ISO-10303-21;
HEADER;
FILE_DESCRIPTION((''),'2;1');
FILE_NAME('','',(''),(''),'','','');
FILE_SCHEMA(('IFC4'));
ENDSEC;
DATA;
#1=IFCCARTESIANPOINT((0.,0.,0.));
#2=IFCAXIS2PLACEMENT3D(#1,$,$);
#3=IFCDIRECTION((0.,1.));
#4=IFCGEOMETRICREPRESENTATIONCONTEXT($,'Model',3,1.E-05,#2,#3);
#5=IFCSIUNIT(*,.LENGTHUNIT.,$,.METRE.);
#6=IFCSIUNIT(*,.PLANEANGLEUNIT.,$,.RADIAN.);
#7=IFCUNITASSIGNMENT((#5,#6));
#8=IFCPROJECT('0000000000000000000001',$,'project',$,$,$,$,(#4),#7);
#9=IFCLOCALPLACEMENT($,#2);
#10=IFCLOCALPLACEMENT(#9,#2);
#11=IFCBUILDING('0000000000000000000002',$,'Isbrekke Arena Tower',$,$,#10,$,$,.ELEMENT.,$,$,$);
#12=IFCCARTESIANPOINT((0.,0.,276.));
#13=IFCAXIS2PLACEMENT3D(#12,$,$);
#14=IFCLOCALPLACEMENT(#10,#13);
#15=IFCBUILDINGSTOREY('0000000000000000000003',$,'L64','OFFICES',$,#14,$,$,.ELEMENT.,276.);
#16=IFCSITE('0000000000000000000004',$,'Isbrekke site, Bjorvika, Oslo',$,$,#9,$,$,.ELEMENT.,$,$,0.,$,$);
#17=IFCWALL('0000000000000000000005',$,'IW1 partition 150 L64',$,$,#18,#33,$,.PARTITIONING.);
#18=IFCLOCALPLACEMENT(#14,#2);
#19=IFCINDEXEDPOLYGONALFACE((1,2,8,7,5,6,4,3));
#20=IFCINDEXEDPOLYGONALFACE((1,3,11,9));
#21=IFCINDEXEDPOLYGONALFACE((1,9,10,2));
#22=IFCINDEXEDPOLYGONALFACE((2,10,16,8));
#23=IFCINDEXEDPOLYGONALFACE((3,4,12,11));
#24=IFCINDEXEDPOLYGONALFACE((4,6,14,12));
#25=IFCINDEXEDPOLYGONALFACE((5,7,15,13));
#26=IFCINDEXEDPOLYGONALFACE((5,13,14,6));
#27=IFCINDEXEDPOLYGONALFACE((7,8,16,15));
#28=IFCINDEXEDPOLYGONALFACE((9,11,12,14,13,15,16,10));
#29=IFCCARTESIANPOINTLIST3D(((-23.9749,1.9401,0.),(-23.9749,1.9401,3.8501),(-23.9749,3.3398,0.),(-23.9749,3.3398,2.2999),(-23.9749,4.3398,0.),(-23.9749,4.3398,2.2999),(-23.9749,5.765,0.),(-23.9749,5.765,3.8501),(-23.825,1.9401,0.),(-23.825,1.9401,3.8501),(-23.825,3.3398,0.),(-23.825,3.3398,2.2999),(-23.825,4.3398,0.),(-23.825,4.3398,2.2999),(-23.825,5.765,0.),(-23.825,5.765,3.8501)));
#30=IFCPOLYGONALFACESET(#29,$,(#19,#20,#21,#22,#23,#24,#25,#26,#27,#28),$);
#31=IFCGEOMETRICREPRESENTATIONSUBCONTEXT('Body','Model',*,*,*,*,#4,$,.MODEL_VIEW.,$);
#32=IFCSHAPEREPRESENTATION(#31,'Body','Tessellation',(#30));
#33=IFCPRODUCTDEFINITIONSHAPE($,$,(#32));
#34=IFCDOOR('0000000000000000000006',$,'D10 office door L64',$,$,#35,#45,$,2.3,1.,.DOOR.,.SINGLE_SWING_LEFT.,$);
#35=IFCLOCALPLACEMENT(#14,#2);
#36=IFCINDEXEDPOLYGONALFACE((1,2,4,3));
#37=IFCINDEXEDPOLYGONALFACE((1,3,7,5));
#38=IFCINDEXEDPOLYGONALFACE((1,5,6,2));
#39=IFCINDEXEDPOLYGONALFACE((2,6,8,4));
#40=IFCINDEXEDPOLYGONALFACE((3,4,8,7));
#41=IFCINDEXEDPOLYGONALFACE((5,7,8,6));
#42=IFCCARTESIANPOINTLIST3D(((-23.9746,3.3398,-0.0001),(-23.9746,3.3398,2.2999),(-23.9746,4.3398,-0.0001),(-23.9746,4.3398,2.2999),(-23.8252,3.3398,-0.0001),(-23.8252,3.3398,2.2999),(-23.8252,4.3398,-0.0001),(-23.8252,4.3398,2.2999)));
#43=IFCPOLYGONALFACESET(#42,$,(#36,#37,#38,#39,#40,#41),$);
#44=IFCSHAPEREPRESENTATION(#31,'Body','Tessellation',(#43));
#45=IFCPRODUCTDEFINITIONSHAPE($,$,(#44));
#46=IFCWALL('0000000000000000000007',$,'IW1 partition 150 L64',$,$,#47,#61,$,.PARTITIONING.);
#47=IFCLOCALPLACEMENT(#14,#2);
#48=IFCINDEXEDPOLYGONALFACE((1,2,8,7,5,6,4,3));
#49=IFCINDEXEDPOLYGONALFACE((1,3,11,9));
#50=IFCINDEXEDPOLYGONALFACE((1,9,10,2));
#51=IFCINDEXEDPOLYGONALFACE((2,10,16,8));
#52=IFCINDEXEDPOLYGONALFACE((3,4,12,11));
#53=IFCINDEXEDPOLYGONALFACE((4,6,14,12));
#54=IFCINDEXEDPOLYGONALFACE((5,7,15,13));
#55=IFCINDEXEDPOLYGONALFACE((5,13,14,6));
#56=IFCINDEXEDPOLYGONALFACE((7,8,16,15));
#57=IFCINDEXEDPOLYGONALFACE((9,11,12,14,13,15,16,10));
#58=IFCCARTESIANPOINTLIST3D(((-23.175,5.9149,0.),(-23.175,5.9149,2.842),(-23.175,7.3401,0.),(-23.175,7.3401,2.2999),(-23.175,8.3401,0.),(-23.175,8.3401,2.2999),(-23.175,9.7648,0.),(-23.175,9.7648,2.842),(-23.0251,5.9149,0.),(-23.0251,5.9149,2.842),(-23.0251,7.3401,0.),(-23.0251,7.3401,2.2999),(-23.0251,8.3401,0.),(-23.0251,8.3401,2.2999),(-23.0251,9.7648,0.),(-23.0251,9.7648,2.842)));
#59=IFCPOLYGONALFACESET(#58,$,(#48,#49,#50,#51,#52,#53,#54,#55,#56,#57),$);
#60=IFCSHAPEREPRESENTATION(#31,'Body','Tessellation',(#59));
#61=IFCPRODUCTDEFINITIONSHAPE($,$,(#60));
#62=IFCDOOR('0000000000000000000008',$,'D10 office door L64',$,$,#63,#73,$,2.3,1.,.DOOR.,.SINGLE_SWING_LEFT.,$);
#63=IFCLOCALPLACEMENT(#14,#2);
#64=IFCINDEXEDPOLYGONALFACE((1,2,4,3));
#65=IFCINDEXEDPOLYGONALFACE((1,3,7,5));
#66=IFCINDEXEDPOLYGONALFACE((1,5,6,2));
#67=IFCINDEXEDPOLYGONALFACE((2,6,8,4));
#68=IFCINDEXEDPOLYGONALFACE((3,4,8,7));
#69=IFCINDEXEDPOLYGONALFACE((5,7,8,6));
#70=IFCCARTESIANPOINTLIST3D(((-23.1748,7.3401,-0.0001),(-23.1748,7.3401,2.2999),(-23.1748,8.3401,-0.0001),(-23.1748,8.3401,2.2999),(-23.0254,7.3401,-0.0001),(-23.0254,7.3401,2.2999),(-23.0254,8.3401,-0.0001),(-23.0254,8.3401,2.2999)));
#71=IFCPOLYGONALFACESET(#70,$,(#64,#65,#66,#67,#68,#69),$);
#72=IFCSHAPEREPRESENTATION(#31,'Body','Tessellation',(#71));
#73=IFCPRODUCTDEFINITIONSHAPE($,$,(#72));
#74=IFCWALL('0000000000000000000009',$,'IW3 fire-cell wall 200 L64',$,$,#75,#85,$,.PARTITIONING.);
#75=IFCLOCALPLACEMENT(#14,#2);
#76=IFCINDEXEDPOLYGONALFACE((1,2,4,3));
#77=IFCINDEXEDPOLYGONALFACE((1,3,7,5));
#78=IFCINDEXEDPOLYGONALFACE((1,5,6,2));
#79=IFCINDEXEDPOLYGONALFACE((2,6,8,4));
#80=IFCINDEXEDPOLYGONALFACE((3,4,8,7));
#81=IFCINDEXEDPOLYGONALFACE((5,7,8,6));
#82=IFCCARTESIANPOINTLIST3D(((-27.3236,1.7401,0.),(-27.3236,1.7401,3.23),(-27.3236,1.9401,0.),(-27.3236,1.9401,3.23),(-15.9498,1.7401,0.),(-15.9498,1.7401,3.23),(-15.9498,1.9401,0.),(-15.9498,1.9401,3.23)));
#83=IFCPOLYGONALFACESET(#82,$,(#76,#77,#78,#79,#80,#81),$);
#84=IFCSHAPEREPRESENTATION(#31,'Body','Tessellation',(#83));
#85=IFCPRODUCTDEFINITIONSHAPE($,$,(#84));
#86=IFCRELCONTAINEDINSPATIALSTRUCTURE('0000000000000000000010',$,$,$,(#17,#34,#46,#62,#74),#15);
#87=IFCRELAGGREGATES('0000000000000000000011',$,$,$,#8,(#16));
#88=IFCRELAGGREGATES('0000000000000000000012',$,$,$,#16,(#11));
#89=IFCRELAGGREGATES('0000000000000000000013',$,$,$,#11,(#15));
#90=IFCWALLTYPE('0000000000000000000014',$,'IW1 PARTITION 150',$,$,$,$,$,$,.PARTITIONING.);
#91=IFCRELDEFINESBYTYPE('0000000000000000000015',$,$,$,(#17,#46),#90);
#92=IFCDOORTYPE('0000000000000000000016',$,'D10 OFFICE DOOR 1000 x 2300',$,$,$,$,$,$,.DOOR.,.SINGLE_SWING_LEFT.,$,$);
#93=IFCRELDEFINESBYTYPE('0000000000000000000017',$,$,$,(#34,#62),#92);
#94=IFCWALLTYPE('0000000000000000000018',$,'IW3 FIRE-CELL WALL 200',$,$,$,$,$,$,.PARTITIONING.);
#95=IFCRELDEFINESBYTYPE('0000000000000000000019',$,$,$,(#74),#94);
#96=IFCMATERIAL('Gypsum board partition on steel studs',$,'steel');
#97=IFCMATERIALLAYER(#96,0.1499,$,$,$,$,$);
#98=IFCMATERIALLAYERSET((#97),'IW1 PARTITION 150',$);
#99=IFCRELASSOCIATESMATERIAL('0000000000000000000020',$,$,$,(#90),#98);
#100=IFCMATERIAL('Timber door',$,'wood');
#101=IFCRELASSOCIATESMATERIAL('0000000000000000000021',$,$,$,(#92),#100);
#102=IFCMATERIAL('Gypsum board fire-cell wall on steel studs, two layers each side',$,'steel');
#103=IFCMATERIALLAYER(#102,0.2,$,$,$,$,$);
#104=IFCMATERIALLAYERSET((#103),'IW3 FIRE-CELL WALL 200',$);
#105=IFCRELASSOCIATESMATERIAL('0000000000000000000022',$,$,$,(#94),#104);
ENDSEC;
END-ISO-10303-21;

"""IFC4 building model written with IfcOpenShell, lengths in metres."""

from ifc_helpers import new_model, si_unit, direction, frame, frame_2d, origin, place, context, subcontext, project, spatial, rectangle, extrude, material, layer, layer_set, type_object, element, fill, save


model = new_model("IFC4")

# Units and contexts
model_context = context("Model", 3, precision=1e-05, world=origin(), true_north=direction((0.0, 1.0)))
body_context = subcontext(model_context, "Body", "Model", "MODEL_VIEW")
ifc_project = project(units=[si_unit("LENGTHUNIT", "METRE"), si_unit("PLANEANGLEUNIT", "RADIAN")], contexts=[model_context])

# Site, building, storey
site_placement = place(None, origin())
site = spatial("IfcSite", under=ifc_project, at=site_placement, Name="Isbrekke site, Bjorvika, Oslo", CompositionType="ELEMENT", RefElevation=0.0)
building_placement = place(site_placement, origin())
building = spatial("IfcBuilding", under=site, at=building_placement, Name="Isbrekke Arena Tower", CompositionType="ELEMENT")
storey_placement = place(building_placement, frame((0.0, 0.0, 276.0)))
storey = spatial("IfcBuildingStorey", under=building, at=storey_placement, Name="L64", Description="OFFICES", CompositionType="ELEMENT", Elevation=276.0)

# Shared definitions
ifc_material_1 = material(Name="Gypsum board partition on steel studs", Category="steel")
ifc_layer_1 = layer(ifc_material_1, 0.1499)
ifc_layer_set_1 = layer_set([ifc_layer_1], Name="IW1 PARTITION 150")
wall_type_1 = type_object("IfcWallType", Name="IW1 PARTITION 150", PredefinedType="PARTITIONING", material=ifc_layer_set_1)

# Walls, openings, doors
wall_1_placement = place(storey_placement, frame((-23.8999, 1.9399, 0.0), z_axis=(0.0, 0.0, 1.0), x_axis=(0.0, 1.0, 0.0)))
wall_1 = element("IfcWall", 1, at=wall_1_placement, inside=storey, type_object=wall_type_1, Name="IW1 partition 150 L64", PredefinedType="PARTITIONING", context=body_context, shape_type="SweptSolid", body=[
    extrude(rectangle(XDim=3.825, YDim=0.1499, at=frame_2d((1.9126, 0.0))), origin(), (0.0, 0.0, 1.0), 3.8501),
])
opening_1_placement = place(wall_1_placement, frame((1.3999, 0.0, 0.0)))
opening_1 = element("IfcOpeningElement", 2, at=opening_1_placement, cuts=wall_1, PredefinedType="OPENING", context=body_context, shape_type="SweptSolid", body=[
    extrude(rectangle(XDim=1.0, YDim=2.3, at=frame_2d((0.5, 1.1499))), frame((0.0, 0.0898, 0.0), z_axis=(0.0, -1.0, 0.0), x_axis=(1.0, 0.0, 0.0)), (0.0, 0.0, 1.0), 0.1797),
])
ifc_material_2 = material(Name="Timber door", Category="wood")
door_type = type_object("IfcDoorType", Name="D10 OFFICE DOOR 1000 x 2300", OperationType="SINGLE_SWING_LEFT", PredefinedType="DOOR", material=ifc_material_2)
door_1_placement = place(opening_1_placement, origin())
door_1 = element("IfcDoor", 3, at=door_1_placement, inside=storey, type_object=door_type, Name="D10 office door L64", OperationType="SINGLE_SWING_LEFT", OverallHeight=2.3, OverallWidth=1.0, PredefinedType="DOOR", context=body_context, shape_type="SweptSolid", body=[
    extrude(rectangle(XDim=1.0, YDim=2.3, at=frame_2d((0.5, 1.1499))), frame((0.0, 0.0747, 0.0), z_axis=(0.0, -1.0, 0.0), x_axis=(1.0, 0.0, 0.0)), (0.0, 0.0, 1.0), 0.1494),
])
fill(opening_1, door_1)
wall_2_placement = place(storey_placement, frame((-23.1001, 5.915, 0.0), z_axis=(0.0, 0.0, 1.0), x_axis=(0.0, 1.0, 0.0)))
wall_2 = element("IfcWall", 4, at=wall_2_placement, inside=storey, type_object=wall_type_1, Name="IW1 partition 150 L64", PredefinedType="PARTITIONING", context=body_context, shape_type="SweptSolid", body=[
    extrude(rectangle(XDim=3.8499, YDim=0.1499, at=frame_2d((1.9248, 0.0))), origin(), (0.0, 0.0, 1.0), 2.842),
])
opening_2_placement = place(wall_2_placement, frame((1.425, 0.0, 0.0)))
opening_2 = element("IfcOpeningElement", 5, at=opening_2_placement, cuts=wall_2, PredefinedType="OPENING", context=body_context, shape_type="SweptSolid", body=[
    extrude(rectangle(XDim=1.0, YDim=2.3, at=frame_2d((0.5, 1.1499))), frame((0.0, 0.0898, 0.0), z_axis=(0.0, -1.0, 0.0), x_axis=(1.0, 0.0, 0.0)), (0.0, 0.0, 1.0), 0.1797),
])
door_2_placement = place(opening_2_placement, origin())
door_2 = element("IfcDoor", 6, at=door_2_placement, inside=storey, type_object=door_type, Name="D10 office door L64", OperationType="SINGLE_SWING_LEFT", OverallHeight=2.3, OverallWidth=1.0, PredefinedType="DOOR", context=body_context, shape_type="SweptSolid", body=[
    extrude(rectangle(XDim=1.0, YDim=2.3, at=frame_2d((0.5, 1.1499))), frame((0.0, 0.0747, 0.0), z_axis=(0.0, -1.0, 0.0), x_axis=(1.0, 0.0, 0.0)), (0.0, 0.0, 1.0), 0.1494),
])
fill(opening_2, door_2)

# Wall
ifc_material_3 = material(Name="Gypsum board fire-cell wall on steel studs, two layers each side", Category="steel")
ifc_layer_2 = layer(ifc_material_3, 0.2)
ifc_layer_set_2 = layer_set([ifc_layer_2], Name="IW3 FIRE-CELL WALL 200")
wall_type_2 = type_object("IfcWallType", Name="IW3 FIRE-CELL WALL 200", PredefinedType="PARTITIONING", material=ifc_layer_set_2)
wall_3_placement = place(storey_placement, frame((-27.3237, 1.8401, 0.0), z_axis=(0.0, 0.0, 1.0), x_axis=(1.0, 0.0, 0.0)))
element("IfcWall", 7, at=wall_3_placement, inside=storey, type_object=wall_type_2, Name="IW3 fire-cell wall 200 L64", PredefinedType="PARTITIONING", context=body_context, shape_type="SweptSolid", body=[
    extrude(rectangle(XDim=11.3738, YDim=0.2, at=frame_2d((5.687, 0.0))), origin(), (0.0, 0.0, 1.0), 3.23),
])

save(model, "model.ifc")
